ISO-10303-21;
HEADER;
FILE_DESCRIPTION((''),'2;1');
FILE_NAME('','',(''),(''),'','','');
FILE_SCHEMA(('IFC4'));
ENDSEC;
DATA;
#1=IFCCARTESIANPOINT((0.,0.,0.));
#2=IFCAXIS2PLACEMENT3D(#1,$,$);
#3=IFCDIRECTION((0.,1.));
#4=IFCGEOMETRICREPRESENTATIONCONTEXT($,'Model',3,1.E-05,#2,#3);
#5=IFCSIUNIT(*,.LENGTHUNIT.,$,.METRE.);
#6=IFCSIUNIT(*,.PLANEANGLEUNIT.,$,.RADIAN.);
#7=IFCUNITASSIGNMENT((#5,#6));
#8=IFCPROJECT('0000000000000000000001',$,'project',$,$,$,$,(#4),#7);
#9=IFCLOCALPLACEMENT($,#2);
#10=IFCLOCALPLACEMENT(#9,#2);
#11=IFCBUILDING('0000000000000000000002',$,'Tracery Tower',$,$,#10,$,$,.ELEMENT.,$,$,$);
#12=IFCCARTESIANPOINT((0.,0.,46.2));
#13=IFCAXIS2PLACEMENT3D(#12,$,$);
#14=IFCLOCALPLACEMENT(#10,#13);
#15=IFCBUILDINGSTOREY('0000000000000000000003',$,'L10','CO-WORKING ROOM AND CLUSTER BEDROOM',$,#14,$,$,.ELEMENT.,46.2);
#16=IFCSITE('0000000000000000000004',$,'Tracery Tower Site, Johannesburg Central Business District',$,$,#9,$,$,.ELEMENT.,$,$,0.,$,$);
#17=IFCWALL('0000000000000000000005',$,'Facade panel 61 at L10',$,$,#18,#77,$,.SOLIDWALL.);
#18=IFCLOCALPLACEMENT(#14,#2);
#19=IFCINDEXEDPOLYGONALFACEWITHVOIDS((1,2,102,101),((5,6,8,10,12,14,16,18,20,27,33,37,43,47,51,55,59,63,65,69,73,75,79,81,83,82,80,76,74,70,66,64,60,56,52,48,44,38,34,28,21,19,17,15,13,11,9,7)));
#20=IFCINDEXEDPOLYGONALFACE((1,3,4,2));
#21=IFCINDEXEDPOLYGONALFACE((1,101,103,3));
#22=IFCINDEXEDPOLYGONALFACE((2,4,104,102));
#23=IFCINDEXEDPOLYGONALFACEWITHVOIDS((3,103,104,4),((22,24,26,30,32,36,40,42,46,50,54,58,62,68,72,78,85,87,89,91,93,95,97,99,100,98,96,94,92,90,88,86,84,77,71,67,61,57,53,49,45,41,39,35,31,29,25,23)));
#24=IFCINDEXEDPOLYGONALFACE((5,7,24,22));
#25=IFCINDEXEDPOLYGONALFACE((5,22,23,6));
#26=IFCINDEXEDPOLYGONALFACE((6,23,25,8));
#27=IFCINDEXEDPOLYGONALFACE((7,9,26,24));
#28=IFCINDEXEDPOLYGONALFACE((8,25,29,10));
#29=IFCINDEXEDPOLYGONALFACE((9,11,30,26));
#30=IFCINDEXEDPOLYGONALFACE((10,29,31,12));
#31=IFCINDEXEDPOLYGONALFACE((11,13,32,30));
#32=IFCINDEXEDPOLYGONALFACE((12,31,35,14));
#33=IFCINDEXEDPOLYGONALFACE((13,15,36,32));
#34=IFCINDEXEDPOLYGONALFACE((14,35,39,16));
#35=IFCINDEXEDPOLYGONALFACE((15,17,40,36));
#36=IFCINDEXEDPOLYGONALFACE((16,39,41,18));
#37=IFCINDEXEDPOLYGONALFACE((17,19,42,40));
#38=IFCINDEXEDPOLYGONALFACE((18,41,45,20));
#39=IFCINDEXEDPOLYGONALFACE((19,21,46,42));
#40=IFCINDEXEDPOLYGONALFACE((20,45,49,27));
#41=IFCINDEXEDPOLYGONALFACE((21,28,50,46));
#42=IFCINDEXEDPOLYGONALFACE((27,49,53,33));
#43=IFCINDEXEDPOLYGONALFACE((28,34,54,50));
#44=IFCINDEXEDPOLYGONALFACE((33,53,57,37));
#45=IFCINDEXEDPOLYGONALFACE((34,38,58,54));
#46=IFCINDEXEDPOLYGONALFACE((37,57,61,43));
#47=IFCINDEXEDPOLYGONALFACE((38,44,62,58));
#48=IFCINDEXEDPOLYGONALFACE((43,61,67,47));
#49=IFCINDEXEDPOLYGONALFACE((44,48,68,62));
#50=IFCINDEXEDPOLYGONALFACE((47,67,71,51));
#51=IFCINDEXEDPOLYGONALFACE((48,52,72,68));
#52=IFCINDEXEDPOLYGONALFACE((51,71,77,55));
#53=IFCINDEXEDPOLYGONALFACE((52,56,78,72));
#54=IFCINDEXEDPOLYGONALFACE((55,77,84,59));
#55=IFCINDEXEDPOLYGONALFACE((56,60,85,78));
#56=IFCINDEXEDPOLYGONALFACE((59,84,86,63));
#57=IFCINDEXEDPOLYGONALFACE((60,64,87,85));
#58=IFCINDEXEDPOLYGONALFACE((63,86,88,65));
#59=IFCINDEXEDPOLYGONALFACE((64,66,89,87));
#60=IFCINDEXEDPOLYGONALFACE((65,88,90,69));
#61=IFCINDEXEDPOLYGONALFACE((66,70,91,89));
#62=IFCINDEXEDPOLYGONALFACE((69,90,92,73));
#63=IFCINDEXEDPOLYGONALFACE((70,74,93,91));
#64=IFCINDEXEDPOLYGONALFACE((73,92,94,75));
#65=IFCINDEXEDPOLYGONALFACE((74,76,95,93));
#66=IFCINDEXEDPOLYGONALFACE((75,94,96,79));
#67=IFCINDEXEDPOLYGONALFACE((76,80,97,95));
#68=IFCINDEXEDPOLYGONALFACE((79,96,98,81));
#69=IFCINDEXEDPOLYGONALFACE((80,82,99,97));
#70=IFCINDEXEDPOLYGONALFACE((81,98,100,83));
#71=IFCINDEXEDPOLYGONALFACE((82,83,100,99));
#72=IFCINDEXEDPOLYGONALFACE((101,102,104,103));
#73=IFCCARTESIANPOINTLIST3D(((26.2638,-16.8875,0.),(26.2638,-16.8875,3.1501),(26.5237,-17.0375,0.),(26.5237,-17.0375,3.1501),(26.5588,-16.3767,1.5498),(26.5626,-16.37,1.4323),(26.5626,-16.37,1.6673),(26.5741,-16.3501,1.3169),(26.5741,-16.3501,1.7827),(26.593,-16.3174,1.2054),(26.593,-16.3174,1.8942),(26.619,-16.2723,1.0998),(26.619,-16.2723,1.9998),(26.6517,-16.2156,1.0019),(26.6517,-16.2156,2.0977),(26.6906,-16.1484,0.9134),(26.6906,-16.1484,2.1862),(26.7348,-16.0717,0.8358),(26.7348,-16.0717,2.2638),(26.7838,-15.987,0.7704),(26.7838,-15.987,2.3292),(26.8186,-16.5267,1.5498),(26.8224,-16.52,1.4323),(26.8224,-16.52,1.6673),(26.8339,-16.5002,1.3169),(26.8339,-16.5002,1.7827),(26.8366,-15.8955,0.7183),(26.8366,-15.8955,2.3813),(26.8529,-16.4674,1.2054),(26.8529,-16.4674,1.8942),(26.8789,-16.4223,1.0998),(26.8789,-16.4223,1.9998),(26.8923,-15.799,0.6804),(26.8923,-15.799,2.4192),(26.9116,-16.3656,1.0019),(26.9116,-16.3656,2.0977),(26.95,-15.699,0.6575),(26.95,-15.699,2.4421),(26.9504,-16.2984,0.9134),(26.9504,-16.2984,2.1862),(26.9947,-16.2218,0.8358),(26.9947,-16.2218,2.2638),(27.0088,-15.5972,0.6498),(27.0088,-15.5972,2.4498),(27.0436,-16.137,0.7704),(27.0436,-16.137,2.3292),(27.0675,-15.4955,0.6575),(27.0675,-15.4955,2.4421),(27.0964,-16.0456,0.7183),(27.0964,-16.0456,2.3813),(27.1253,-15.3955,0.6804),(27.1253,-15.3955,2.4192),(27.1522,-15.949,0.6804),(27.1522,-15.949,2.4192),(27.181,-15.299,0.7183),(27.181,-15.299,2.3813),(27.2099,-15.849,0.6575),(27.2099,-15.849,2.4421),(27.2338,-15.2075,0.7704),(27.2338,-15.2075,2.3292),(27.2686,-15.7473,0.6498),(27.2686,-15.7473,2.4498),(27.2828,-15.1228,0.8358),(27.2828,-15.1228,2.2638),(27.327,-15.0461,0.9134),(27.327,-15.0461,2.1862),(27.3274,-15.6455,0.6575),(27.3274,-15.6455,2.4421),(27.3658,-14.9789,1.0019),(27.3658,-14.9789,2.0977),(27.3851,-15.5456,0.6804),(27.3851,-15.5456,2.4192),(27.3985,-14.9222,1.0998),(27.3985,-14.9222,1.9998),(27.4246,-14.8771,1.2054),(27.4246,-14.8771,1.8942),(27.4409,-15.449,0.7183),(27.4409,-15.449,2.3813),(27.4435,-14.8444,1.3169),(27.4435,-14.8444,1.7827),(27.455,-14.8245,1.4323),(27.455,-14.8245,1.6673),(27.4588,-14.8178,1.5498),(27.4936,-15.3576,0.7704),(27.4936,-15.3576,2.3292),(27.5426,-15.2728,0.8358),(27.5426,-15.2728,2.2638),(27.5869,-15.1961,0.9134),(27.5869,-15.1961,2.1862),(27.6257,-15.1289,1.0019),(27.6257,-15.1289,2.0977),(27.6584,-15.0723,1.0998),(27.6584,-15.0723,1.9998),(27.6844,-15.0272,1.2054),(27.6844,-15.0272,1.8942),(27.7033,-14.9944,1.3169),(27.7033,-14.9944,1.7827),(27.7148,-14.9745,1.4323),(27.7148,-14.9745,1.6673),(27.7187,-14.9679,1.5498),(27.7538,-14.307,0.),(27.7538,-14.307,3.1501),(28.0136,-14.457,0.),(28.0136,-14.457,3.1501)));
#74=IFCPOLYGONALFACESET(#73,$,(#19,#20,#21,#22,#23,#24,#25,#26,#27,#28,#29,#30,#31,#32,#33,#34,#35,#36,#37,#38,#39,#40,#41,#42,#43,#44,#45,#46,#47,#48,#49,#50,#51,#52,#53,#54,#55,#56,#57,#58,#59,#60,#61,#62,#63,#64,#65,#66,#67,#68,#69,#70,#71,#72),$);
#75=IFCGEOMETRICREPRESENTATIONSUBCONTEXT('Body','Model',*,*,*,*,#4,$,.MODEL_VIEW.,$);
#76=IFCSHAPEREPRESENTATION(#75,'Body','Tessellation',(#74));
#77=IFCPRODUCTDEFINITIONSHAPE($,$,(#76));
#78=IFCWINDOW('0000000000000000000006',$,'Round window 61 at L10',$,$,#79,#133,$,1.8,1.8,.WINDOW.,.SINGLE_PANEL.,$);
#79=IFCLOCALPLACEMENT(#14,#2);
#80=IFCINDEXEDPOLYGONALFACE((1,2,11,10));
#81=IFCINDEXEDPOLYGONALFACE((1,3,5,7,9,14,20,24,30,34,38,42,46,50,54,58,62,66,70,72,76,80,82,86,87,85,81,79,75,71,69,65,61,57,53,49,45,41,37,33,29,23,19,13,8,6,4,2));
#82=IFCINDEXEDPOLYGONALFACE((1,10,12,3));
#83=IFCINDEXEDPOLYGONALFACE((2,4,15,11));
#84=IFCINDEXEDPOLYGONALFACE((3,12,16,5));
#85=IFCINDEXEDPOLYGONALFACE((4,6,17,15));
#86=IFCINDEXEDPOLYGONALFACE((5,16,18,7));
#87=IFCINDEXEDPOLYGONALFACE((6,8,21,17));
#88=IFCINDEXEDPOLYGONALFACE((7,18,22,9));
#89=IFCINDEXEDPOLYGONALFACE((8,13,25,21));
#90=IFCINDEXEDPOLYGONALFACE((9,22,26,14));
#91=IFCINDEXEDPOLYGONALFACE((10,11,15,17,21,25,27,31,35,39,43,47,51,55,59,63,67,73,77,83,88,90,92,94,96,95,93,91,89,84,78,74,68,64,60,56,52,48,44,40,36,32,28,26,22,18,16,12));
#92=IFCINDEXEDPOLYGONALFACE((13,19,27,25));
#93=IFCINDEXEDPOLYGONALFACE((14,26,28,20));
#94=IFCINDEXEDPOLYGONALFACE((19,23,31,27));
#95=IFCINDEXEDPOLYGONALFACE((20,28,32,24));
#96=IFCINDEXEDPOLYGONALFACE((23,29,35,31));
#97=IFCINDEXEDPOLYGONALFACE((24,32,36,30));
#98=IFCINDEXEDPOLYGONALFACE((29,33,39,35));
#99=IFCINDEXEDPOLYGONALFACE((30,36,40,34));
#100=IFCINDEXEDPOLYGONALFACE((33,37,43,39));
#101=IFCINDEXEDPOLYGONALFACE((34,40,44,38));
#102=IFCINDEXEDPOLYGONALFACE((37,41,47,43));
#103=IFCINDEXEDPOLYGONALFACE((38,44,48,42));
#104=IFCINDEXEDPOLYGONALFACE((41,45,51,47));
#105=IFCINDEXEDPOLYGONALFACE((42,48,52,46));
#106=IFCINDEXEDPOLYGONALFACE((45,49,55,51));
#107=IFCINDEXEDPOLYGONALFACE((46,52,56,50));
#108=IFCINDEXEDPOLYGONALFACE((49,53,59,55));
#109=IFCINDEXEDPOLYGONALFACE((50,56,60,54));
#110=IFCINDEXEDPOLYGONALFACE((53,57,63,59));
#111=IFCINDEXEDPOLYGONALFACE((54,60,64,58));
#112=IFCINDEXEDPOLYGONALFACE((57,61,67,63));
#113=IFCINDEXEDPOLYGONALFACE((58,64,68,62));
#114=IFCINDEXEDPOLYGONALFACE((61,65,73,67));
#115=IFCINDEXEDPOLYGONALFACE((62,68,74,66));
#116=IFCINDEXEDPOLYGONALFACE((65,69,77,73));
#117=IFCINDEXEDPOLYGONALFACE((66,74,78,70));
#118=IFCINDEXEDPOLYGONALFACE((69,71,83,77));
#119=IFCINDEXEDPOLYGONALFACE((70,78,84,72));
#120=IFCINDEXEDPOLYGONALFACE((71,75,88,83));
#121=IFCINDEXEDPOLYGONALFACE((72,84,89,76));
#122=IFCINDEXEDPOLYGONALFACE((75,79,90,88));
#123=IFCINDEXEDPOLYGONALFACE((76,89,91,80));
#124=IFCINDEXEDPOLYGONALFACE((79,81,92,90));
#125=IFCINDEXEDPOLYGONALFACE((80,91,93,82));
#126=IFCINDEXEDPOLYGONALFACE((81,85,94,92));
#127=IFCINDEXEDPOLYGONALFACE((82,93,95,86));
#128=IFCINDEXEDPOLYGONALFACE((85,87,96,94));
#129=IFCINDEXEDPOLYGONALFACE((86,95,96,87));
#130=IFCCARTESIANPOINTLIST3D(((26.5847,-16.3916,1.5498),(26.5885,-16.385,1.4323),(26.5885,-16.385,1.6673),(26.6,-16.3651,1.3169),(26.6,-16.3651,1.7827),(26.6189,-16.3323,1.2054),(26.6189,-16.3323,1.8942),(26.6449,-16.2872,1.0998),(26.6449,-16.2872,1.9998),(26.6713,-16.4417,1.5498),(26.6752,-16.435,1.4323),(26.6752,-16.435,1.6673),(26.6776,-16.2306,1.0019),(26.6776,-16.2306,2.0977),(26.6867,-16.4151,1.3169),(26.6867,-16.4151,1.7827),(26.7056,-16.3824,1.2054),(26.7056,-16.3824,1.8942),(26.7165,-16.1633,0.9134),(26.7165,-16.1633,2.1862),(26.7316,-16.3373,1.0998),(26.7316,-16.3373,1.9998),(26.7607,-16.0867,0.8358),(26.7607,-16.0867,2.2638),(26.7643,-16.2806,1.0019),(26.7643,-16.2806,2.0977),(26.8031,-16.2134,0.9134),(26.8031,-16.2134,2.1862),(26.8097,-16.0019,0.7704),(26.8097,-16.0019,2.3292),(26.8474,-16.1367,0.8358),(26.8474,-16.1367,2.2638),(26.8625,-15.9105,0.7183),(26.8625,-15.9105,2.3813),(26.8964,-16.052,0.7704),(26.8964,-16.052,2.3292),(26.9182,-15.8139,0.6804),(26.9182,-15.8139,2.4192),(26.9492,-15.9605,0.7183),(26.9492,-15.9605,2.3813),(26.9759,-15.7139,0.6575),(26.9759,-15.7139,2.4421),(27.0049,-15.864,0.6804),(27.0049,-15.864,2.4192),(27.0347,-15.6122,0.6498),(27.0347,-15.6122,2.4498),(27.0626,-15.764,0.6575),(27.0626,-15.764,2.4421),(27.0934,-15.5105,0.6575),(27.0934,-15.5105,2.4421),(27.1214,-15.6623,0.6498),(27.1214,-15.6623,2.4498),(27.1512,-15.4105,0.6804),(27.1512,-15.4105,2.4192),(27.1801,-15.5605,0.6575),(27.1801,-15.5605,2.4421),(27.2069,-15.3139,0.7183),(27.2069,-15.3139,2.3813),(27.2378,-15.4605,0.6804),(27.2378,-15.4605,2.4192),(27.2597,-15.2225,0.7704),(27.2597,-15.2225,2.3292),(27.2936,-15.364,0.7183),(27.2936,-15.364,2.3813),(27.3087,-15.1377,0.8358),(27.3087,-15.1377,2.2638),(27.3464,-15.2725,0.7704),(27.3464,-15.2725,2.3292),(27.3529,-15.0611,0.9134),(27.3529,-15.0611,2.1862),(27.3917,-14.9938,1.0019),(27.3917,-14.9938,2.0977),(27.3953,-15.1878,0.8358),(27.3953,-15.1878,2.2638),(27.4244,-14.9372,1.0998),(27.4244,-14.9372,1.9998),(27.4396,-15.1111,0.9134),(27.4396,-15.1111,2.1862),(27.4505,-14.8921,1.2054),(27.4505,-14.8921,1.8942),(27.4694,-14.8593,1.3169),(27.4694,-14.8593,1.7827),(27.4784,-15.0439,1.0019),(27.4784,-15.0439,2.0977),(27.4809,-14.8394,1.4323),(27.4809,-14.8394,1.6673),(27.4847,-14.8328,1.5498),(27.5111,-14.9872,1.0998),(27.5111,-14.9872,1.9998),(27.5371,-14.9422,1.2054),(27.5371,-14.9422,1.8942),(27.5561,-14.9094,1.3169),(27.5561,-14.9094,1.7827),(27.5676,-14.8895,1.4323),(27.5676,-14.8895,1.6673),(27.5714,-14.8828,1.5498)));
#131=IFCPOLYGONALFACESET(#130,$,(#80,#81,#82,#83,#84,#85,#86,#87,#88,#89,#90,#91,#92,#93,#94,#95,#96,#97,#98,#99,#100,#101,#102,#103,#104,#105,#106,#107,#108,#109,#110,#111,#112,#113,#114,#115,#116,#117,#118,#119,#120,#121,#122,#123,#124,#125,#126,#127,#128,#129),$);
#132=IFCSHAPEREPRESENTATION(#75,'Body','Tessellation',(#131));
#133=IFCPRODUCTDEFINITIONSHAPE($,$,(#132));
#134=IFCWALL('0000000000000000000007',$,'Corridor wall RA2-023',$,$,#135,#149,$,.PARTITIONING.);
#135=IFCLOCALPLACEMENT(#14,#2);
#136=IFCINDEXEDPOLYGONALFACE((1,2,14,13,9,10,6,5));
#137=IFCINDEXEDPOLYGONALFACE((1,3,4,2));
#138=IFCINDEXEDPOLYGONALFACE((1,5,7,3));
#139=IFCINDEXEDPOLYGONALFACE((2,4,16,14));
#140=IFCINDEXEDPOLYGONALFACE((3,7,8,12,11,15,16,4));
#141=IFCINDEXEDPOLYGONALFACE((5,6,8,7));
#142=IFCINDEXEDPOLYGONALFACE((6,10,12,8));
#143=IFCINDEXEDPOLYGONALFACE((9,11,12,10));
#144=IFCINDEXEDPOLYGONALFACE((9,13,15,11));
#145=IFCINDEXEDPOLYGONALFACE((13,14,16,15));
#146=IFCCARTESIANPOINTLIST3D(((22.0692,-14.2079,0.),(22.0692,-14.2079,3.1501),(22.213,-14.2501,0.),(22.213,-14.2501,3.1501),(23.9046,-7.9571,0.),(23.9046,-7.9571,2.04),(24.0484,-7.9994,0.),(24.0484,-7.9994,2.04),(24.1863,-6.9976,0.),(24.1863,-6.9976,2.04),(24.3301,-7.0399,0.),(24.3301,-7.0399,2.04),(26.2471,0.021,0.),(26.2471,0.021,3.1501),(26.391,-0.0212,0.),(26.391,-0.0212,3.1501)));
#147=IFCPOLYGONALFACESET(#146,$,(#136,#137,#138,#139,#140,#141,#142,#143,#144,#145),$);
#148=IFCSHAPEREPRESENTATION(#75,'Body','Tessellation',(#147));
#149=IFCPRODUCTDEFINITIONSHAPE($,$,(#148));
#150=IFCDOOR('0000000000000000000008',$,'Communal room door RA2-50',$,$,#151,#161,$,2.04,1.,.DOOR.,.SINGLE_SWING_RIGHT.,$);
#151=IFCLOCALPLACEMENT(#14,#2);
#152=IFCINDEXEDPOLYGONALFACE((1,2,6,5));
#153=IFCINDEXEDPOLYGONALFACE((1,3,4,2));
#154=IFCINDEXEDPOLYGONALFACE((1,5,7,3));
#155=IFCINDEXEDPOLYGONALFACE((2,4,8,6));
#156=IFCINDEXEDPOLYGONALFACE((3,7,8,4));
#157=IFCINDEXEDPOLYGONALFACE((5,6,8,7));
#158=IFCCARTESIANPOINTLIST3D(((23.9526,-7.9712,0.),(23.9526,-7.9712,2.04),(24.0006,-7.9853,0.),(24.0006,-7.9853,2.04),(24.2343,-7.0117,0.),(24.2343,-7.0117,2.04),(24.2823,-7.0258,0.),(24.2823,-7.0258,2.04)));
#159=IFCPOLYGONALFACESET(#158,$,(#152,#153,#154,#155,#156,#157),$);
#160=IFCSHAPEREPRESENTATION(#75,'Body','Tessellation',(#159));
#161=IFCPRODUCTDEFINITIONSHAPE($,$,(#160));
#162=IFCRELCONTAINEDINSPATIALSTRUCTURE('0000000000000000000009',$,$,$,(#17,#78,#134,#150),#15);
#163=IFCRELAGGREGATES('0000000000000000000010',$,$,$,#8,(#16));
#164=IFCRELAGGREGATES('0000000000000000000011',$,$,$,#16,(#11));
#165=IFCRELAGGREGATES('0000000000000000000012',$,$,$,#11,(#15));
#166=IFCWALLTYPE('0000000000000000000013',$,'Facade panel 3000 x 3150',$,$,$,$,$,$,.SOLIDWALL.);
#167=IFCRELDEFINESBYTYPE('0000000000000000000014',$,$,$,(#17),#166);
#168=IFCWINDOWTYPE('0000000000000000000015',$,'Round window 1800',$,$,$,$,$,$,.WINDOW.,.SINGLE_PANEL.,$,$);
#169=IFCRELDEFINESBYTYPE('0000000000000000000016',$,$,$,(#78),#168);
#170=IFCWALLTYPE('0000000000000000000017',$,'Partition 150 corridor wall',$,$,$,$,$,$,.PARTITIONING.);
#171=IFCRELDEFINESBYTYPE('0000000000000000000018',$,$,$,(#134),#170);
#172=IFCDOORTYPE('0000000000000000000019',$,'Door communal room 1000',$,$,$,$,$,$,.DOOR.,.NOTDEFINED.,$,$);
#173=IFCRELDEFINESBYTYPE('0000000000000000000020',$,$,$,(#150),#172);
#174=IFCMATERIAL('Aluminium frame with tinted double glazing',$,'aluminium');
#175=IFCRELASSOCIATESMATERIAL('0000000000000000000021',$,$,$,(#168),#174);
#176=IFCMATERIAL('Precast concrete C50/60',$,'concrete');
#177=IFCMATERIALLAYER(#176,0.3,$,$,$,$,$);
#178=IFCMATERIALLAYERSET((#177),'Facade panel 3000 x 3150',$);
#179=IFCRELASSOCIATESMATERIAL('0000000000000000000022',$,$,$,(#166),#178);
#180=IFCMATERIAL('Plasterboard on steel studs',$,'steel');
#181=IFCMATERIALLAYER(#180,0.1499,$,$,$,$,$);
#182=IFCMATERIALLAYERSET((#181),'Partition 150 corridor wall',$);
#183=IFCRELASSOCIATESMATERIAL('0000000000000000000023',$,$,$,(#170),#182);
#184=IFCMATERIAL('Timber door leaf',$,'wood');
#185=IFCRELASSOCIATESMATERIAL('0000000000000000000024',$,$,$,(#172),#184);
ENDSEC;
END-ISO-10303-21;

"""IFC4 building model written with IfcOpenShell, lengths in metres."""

from ifc_helpers import new_model, si_unit, direction, frame, frame_2d, origin, origin_2d, place, context, subcontext, project, spatial, rectangle, circle, extrude, material, layer, layer_set, type_object, element, fill, save


model = new_model("IFC4")

# Units and contexts
model_context = context("Model", 3, precision=1e-05, world=origin(), true_north=direction((0.0, 1.0)))
body_context = subcontext(model_context, "Body", "Model", "MODEL_VIEW")
ifc_project = project(units=[si_unit("LENGTHUNIT", "METRE"), si_unit("PLANEANGLEUNIT", "RADIAN")], contexts=[model_context])

# Site, building, storey
site_placement = place(None, origin())
site = spatial("IfcSite", under=ifc_project, at=site_placement, Name="Tracery Tower Site, Johannesburg Central Business District", CompositionType="ELEMENT", RefElevation=0.0)
building_placement = place(site_placement, origin())
building = spatial("IfcBuilding", under=site, at=building_placement, Name="Tracery Tower", CompositionType="ELEMENT")
storey_placement = place(building_placement, frame((0.0, 0.0, 46.2)))
storey = spatial("IfcBuildingStorey", under=building, at=storey_placement, Name="L10", Description="CO-WORKING ROOM AND CLUSTER BEDROOM", CompositionType="ELEMENT", Elevation=46.2)

# Wall, opening, window
ifc_material_1 = material(Name="Aluminium frame with tinted double glazing", Category="aluminium")
window_type = type_object("IfcWindowType", Name="Round window 1800", PartitioningType="SINGLE_PANEL", PredefinedType="WINDOW", material=ifc_material_1)
ifc_material_2 = material(Name="Precast concrete C50/60", Category="concrete")
ifc_layer_1 = layer(ifc_material_2, 0.3)
ifc_layer_set_1 = layer_set([ifc_layer_1], Name="Facade panel 3000 x 3150")
wall_type_1 = type_object("IfcWallType", Name="Facade panel 3000 x 3150", PredefinedType="SOLIDWALL", material=ifc_layer_set_1)
wall_1_placement = place(storey_placement, frame((26.3938, -16.9624, 0.0), z_axis=(0.0, 0.0, 1.0), x_axis=(0.500025, 0.866011, 0.0)))
wall_1 = element("IfcWall", 1, at=wall_1_placement, inside=storey, type_object=wall_type_1, Name="Facade panel 61 at L10", PredefinedType="SOLIDWALL", context=body_context, shape_type="SweptSolid", body=[
    extrude(rectangle(XDim=2.9797, YDim=0.3, at=frame_2d((1.4897, 0.0))), origin(), (0.0, 0.0, 1.0), 3.1501),
])
opening_1_placement = place(wall_1_placement, frame((1.4897, 0.0, 1.5498)))
opening_1 = element("IfcOpeningElement", 2, at=opening_1_placement, cuts=wall_1, PredefinedType="OPENING", context=body_context, shape_type="SweptSolid", body=[
    extrude(circle(Radius=0.9, at=origin_2d()), frame((0.0, 0.1599, 0.0), z_axis=(0.0, -1.0, 0.0), x_axis=(1.0, 0.0, 0.0)), (0.0, 0.0, 1.0), 0.3201),
])
window_1_placement = place(opening_1_placement, origin())
window_1 = element("IfcWindow", 3, at=window_1_placement, inside=storey, type_object=window_type, Name="Round window 61 at L10", OverallHeight=1.8, OverallWidth=1.8, PartitioningType="SINGLE_PANEL", PredefinedType="WINDOW", context=body_context, shape_type="SweptSolid", body=[
    extrude(circle(Radius=0.9, at=origin_2d()), frame((0.0, 0.1201, 0.0), z_axis=(0.0, -1.0, 0.0), x_axis=(1.0, 0.0, 0.0)), (0.0, 0.0, 1.0), 0.1001),
])
fill(opening_1, window_1)

# Wall, opening, door
ifc_material_3 = material(Name="Plasterboard on steel studs", Category="steel")
ifc_layer_2 = layer(ifc_material_3, 0.1499)
ifc_layer_set_2 = layer_set([ifc_layer_2], Name="Partition 150 corridor wall")
wall_type_2 = type_object("IfcWallType", Name="Partition 150 corridor wall", PredefinedType="PARTITIONING", material=ifc_layer_set_2)
wall_2_placement = place(storey_placement, frame((22.1411, -14.229, 0.0), z_axis=(0.0, 0.0, 1.0), x_axis=(0.28173, 0.959494, 0.0)))
wall_2 = element("IfcWall", 4, at=wall_2_placement, inside=storey, type_object=wall_type_2, Name="Corridor wall RA2-023", PredefinedType="PARTITIONING", context=body_context, shape_type="SweptSolid", body=[
    extrude(rectangle(XDim=14.8296, YDim=0.1499, at=frame_2d((7.4148, 0.0))), origin(), (0.0, 0.0, 1.0), 3.1501),
])
opening_2_placement = place(wall_2_placement, frame((6.5146, 0.0, 0.0)))
opening_2 = element("IfcOpeningElement", 5, at=opening_2_placement, cuts=wall_2, PredefinedType="OPENING", context=body_context, shape_type="SweptSolid", body=[
    extrude(rectangle(XDim=1.0, YDim=2.04, at=frame_2d((0.5, 1.02))), frame((0.0, 0.075, 0.0), z_axis=(0.0, -1.0, 0.0), x_axis=(1.0, 0.0, 0.0)), (0.0, 0.0, 1.0), 0.1499),
])
ifc_material_4 = material(Name="Timber door leaf", Category="wood")
door_type = type_object("IfcDoorType", Name="Door communal room 1000", OperationType="NOTDEFINED", PredefinedType="DOOR", material=ifc_material_4)
door_placement = place(opening_2_placement, origin())
door = element("IfcDoor", 6, at=door_placement, inside=storey, type_object=door_type, Name="Communal room door RA2-50", OperationType="SINGLE_SWING_RIGHT", OverallHeight=2.04, OverallWidth=1.0, PredefinedType="DOOR", context=body_context, shape_type="SweptSolid", body=[
    extrude(rectangle(XDim=1.0, YDim=2.04, at=frame_2d((0.5, 1.02))), frame((0.0, 0.0249, 0.0), z_axis=(0.0, -1.0, 0.0), x_axis=(1.0, 0.0, 0.0)), (0.0, 0.0, 1.0), 0.05),
])
fill(opening_2, door)

save(model, "model.ifc")
